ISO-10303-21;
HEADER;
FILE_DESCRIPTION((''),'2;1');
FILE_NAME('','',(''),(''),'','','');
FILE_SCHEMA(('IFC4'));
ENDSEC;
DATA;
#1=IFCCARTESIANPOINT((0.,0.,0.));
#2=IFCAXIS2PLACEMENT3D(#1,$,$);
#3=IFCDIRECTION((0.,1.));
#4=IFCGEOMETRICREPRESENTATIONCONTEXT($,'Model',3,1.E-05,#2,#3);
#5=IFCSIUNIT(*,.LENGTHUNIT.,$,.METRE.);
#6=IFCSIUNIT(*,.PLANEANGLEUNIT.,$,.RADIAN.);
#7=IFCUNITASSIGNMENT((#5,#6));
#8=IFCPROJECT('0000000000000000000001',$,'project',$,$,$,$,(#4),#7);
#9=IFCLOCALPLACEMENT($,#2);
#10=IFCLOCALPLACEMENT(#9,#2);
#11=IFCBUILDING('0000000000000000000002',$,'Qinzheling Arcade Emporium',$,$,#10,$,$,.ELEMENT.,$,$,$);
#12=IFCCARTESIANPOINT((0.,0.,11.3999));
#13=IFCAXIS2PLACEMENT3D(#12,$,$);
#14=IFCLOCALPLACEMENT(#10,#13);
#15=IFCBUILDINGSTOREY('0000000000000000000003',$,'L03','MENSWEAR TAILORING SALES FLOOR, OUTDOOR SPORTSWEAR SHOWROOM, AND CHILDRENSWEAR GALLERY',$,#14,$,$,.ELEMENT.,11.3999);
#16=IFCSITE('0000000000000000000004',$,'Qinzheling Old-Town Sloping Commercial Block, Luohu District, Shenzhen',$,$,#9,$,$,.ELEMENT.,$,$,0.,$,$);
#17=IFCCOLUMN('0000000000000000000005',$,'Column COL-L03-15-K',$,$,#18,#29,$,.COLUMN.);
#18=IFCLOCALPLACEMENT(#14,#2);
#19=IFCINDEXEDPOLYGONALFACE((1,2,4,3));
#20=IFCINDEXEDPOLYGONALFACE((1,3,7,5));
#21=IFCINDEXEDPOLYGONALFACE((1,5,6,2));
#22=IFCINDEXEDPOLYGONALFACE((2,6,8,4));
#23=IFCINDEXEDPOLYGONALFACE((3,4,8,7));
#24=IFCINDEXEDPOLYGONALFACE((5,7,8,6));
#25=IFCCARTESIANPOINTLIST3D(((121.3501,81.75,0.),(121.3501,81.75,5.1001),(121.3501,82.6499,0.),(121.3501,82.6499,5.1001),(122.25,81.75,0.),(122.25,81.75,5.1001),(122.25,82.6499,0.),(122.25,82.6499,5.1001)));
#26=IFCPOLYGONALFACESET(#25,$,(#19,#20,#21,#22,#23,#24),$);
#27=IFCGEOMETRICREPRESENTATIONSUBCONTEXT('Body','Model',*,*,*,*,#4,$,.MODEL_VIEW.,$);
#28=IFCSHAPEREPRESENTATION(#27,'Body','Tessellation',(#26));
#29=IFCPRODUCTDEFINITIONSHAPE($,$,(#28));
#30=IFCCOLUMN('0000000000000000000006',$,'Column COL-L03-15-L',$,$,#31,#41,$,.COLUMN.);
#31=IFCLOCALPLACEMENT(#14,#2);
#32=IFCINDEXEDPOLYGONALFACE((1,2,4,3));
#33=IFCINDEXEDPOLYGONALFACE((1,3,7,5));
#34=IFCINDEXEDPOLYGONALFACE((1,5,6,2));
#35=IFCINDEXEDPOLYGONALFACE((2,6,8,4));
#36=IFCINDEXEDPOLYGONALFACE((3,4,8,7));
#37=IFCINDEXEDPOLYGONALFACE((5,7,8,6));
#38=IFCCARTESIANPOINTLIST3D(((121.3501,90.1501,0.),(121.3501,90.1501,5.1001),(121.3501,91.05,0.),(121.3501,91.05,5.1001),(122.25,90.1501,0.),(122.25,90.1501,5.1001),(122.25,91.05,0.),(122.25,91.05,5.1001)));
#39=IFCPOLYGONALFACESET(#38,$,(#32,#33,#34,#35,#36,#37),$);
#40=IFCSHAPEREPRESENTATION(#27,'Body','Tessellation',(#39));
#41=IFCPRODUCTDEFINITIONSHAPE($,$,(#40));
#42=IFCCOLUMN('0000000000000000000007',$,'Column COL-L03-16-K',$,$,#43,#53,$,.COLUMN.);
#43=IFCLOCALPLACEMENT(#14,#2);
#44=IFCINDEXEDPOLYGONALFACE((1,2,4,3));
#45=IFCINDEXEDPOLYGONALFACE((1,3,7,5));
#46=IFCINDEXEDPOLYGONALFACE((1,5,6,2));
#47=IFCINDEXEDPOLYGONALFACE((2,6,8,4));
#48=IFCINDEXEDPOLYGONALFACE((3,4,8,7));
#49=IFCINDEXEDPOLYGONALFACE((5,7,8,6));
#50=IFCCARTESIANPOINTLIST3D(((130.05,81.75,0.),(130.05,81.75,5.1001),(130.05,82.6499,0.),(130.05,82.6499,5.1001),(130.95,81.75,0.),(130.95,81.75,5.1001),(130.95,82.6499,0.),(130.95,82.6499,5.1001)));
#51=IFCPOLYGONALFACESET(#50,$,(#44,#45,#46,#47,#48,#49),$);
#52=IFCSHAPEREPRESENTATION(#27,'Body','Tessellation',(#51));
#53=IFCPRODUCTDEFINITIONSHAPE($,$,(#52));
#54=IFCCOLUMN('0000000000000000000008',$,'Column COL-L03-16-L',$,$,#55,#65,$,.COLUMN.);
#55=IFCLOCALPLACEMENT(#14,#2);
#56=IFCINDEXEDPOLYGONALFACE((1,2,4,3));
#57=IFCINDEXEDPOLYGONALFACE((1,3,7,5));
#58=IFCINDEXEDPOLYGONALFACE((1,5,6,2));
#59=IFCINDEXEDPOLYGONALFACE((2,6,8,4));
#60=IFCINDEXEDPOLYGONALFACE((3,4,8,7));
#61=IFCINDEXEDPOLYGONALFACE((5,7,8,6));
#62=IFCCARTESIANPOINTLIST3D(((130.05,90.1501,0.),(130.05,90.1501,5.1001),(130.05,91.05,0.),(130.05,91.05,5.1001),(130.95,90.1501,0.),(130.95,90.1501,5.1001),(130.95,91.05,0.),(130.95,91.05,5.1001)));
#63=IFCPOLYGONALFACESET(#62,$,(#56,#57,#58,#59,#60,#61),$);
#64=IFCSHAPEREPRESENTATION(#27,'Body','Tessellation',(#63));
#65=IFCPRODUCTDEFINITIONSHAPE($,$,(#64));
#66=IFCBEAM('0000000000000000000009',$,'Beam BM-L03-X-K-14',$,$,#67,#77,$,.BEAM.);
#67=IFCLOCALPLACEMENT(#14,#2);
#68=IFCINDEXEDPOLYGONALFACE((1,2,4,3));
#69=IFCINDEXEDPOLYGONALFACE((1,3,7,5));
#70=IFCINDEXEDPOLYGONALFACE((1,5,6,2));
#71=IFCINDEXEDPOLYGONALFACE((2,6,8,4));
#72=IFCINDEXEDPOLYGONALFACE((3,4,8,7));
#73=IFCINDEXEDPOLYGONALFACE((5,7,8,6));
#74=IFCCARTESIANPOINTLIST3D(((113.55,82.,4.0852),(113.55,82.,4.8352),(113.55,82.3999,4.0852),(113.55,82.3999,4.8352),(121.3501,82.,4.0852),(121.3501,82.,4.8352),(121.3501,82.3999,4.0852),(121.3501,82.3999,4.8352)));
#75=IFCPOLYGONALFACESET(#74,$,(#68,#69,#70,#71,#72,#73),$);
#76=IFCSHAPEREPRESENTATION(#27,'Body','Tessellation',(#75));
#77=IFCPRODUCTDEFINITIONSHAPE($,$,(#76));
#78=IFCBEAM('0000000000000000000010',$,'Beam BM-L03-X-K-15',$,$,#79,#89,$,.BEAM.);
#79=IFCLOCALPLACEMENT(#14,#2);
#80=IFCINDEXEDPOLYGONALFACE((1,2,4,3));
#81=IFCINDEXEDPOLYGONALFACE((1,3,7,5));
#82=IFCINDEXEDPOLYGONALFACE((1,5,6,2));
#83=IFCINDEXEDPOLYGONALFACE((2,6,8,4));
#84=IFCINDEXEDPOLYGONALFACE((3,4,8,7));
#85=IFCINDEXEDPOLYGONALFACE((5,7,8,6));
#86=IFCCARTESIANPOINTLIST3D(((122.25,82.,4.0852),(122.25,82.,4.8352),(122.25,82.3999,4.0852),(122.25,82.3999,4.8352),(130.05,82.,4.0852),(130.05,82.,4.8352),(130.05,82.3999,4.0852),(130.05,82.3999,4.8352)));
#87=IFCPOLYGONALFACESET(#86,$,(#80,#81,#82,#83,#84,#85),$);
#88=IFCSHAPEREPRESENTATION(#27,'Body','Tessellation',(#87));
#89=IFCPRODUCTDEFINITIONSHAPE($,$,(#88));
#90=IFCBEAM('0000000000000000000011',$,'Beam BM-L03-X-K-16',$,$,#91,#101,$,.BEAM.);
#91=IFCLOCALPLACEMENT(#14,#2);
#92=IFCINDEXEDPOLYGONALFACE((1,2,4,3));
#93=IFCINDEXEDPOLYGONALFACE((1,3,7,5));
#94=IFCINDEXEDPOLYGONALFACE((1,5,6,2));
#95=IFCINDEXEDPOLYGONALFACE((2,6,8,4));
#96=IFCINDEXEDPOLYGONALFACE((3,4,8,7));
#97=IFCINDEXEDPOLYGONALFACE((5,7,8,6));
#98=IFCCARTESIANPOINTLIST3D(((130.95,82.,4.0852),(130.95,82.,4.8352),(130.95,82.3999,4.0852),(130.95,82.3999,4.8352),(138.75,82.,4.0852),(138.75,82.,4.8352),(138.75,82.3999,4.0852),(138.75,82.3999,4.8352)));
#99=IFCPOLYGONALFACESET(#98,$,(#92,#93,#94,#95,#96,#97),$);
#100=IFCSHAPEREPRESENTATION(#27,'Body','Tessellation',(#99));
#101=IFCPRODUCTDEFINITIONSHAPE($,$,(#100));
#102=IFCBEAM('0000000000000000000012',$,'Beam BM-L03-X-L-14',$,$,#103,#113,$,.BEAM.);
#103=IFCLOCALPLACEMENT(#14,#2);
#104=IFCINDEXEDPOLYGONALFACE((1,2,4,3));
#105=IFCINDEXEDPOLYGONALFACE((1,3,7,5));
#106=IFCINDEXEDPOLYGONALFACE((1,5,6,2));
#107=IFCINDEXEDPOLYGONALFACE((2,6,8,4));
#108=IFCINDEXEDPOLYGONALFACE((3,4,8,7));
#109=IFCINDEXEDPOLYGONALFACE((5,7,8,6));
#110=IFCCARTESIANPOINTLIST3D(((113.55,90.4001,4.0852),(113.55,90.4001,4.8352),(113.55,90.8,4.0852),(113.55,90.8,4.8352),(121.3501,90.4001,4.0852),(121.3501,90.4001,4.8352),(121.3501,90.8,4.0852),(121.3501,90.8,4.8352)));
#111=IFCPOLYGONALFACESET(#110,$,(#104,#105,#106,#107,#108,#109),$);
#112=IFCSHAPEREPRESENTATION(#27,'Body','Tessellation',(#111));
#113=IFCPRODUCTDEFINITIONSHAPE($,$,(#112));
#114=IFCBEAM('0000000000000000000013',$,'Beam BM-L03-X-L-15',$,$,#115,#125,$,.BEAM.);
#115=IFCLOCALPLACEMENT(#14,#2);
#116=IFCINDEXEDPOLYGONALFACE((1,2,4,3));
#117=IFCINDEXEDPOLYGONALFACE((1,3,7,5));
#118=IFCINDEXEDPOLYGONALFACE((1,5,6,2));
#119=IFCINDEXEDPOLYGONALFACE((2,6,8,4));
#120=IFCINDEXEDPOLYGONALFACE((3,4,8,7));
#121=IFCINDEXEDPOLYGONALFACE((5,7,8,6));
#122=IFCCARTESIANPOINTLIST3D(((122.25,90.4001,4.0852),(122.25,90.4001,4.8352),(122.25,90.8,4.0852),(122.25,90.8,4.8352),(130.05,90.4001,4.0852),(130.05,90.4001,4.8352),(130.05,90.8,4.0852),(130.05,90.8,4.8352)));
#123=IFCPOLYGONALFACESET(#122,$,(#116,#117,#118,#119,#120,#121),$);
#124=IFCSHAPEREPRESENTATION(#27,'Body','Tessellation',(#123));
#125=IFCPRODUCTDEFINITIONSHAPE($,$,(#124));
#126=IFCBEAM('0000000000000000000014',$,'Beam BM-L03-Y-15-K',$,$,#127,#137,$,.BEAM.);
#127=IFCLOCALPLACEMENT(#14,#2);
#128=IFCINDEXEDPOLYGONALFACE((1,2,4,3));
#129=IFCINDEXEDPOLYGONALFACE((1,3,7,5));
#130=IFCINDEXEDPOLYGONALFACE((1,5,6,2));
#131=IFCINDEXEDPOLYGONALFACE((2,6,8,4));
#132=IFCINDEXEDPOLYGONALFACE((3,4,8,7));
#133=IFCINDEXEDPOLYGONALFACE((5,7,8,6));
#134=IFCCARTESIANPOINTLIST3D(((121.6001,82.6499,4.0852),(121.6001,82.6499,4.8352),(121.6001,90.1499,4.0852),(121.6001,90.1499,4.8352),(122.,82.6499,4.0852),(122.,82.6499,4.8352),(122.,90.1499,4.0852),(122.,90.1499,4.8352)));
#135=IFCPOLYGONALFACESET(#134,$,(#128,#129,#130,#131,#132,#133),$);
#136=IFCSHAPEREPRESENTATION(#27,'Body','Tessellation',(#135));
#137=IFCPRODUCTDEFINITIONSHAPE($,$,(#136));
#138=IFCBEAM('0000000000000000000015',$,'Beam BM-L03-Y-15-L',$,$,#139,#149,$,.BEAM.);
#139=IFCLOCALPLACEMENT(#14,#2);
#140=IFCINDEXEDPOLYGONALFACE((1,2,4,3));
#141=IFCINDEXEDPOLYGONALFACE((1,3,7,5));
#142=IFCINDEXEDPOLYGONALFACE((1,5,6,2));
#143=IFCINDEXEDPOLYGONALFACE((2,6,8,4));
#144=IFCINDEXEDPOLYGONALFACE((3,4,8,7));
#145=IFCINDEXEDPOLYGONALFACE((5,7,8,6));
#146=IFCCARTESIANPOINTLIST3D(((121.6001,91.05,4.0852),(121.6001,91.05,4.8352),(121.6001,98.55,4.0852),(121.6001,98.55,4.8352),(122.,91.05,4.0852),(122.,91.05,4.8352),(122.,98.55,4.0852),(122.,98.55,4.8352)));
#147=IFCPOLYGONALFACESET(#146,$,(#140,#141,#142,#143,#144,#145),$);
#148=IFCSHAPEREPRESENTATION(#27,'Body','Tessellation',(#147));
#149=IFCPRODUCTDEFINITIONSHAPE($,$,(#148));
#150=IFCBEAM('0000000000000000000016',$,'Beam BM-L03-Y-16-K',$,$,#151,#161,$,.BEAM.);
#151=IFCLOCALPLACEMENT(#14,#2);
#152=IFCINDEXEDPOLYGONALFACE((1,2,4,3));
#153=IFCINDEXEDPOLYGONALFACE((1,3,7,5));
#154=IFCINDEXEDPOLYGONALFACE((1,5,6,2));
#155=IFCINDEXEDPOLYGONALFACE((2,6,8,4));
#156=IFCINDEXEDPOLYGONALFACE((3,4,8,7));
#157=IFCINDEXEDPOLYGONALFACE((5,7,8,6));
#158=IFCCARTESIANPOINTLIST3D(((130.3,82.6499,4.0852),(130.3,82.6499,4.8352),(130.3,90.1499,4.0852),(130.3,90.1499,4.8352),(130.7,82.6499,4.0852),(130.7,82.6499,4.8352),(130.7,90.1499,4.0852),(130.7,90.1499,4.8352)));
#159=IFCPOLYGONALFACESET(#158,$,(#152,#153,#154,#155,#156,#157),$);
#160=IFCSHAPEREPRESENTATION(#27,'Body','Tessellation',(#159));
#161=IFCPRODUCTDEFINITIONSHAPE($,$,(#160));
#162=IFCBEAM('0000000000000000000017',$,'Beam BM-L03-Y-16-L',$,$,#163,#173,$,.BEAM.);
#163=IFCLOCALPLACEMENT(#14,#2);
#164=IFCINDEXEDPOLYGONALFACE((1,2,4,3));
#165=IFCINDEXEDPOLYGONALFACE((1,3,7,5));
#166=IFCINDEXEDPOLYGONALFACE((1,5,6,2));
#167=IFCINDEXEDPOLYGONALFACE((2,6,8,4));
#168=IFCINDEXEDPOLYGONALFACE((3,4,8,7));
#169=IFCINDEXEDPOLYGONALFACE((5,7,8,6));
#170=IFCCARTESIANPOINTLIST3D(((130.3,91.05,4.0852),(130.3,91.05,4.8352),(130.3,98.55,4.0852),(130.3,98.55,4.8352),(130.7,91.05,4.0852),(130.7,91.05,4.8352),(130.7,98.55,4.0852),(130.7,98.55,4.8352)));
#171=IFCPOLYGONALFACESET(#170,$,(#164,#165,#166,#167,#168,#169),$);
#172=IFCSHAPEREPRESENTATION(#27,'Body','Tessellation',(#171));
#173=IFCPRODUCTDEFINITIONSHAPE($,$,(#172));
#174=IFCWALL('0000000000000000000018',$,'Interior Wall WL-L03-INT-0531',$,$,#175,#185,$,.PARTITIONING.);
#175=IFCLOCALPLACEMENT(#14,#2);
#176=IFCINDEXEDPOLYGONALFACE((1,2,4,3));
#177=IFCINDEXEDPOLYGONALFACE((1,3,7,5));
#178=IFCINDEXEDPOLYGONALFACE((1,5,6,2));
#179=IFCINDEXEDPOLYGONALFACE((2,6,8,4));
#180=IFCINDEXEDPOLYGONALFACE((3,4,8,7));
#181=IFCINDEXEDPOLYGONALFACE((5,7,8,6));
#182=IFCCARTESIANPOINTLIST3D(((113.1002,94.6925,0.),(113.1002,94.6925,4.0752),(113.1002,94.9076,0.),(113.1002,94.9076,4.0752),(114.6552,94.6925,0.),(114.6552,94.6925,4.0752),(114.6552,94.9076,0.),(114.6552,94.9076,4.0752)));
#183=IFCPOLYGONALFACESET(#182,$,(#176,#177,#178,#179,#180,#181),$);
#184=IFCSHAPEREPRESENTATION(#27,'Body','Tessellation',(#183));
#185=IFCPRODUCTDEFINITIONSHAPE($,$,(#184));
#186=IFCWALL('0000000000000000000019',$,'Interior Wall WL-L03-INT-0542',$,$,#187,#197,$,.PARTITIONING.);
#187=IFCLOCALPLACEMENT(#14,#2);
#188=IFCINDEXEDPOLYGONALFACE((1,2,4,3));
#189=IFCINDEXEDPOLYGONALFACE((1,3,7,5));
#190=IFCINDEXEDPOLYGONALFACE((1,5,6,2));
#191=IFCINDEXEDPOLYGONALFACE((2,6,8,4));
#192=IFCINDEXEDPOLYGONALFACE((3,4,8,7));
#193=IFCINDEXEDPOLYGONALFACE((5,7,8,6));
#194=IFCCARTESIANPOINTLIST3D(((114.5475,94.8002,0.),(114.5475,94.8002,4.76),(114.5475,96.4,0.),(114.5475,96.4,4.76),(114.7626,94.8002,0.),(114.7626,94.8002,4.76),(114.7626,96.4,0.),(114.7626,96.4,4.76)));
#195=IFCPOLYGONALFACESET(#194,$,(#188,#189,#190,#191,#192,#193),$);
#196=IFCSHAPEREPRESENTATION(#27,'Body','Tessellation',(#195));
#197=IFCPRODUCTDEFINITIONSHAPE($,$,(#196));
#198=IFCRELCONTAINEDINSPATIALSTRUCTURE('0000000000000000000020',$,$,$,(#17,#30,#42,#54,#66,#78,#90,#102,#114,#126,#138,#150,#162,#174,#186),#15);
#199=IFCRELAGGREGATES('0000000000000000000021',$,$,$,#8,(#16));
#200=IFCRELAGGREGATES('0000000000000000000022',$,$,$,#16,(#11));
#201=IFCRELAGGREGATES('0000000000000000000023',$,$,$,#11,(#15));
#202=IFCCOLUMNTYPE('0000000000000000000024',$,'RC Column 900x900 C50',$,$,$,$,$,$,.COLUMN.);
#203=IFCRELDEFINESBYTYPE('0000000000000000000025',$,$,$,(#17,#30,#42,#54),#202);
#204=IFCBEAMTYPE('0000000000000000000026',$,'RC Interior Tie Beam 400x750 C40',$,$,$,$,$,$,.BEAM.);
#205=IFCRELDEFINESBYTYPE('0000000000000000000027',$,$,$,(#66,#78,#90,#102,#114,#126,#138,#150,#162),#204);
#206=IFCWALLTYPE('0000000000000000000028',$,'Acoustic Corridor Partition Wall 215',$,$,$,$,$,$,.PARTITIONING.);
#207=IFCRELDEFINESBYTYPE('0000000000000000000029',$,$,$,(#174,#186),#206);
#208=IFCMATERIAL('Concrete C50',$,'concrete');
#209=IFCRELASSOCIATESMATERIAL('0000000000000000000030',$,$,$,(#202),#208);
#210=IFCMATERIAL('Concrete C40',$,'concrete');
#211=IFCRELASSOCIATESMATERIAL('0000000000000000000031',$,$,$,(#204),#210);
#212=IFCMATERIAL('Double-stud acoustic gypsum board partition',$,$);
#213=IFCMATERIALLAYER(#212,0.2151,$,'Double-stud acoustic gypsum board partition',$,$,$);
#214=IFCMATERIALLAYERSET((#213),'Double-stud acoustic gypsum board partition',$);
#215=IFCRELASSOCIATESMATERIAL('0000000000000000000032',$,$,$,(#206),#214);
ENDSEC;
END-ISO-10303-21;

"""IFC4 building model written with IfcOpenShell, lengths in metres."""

from ifc_helpers import new_model, si_unit, direction, frame, frame_2d, origin, origin_2d, place, context, subcontext, project, spatial, rectangle, extrude, material, layer, layer_set, material_profile, profile_set, type_object, element, save


model = new_model("IFC4")

# Units and contexts
model_context = context("Model", 3, precision=1e-05, world=origin(), true_north=direction((0.0, 1.0)))
body_context = subcontext(model_context, "Body", "Model", "MODEL_VIEW")
ifc_project = project(units=[si_unit("LENGTHUNIT", "METRE"), si_unit("PLANEANGLEUNIT", "RADIAN")], contexts=[model_context])

# Site, building, storey
site_placement = place(None, origin())
site = spatial("IfcSite", under=ifc_project, at=site_placement, Name="Qinzheling Old-Town Sloping Commercial Block, Luohu District, Shenzhen", CompositionType="ELEMENT", RefElevation=0.0)
building_placement = place(site_placement, origin())
building = spatial("IfcBuilding", under=site, at=building_placement, Name="Qinzheling Arcade Emporium", CompositionType="ELEMENT")
storey_placement = place(building_placement, frame((0.0, 0.0, 11.3999)))
storey = spatial("IfcBuildingStorey", under=building, at=storey_placement, Name="L03", Description="MENSWEAR TAILORING SALES FLOOR, OUTDOOR SPORTSWEAR SHOWROOM, AND CHILDRENSWEAR GALLERY", CompositionType="ELEMENT", Elevation=11.3999)

# Columns
ifc_material_1 = material(Name="Concrete C50", Category="concrete")
ifc_material_profile_1 = material_profile(ifc_material_1, rectangle(XDim=0.8999, YDim=0.8999, at=origin_2d()), Name="RC 900x900", Category="concrete")
ifc_profile_set_1 = profile_set([ifc_material_profile_1], Name="Concrete C50")
column_type = type_object("IfcColumnType", Name="RC Column 900x900 C50", PredefinedType="COLUMN", material=ifc_profile_set_1)
for number, where, z_axis, x_axis, name in (
    (1, (121.8, 82.2, 0.0), (0.0, 0.0, 1.0), (1.0, 0.0, 0.0), "Column COL-L03-15-K"),
    (2, (121.8, 90.6001, 0.0), (0.0, 0.0, 1.0), (1.0, 0.0, 0.0), "Column COL-L03-15-L"),
    (3, (130.5, 82.2, 0.0), (0.0, 0.0, 1.0), (1.0, 0.0, 0.0), "Column COL-L03-16-K"),
    (4, (130.5, 90.6001, 0.0), (0.0, 0.0, 1.0), (1.0, 0.0, 0.0), "Column COL-L03-16-L"),
):
    element("IfcColumn", number, at=place(storey_placement, frame(where, z_axis=z_axis, x_axis=x_axis)), inside=storey, type_object=column_type, Name=name, PredefinedType="COLUMN", context=body_context, shape_type="SweptSolid", body=[
        extrude(rectangle(XDim=0.8999, YDim=0.8999, at=origin_2d()), origin(), (0.0, 0.0, 1.0), 5.1001),
    ])

# Beams
ifc_material_2 = material(Name="Concrete C40", Category="concrete")
ifc_material_profile_2 = material_profile(ifc_material_2, rectangle(XDim=0.3999, YDim=0.75, at=origin_2d()), Name="RC 400x750", Category="concrete")
ifc_profile_set_2 = profile_set([ifc_material_profile_2], Name="Concrete C40")
beam_type = type_object("IfcBeamType", Name="RC Interior Tie Beam 400x750 C40", PredefinedType="BEAM", material=ifc_profile_set_2)
for number, where, z_axis, x_axis, name in (
    (5, (113.55, 82.2, 4.4602), (1.0, 0.0, 0.0), (0.0, 1.0, 0.0), "Beam BM-L03-X-K-14"),
    (6, (122.25, 82.2, 4.4602), (1.0, 0.0, 0.0), (0.0, 1.0, 0.0), "Beam BM-L03-X-K-15"),
    (7, (130.95, 82.2, 4.4602), (1.0, 0.0, 0.0), (0.0, 1.0, 0.0), "Beam BM-L03-X-K-16"),
    (8, (113.55, 90.6001, 4.4602), (1.0, 0.0, 0.0), (0.0, 1.0, 0.0), "Beam BM-L03-X-L-14"),
    (9, (122.25, 90.6001, 4.4602), (1.0, 0.0, 0.0), (0.0, 1.0, 0.0), "Beam BM-L03-X-L-15"),
):
    element("IfcBeam", number, at=place(storey_placement, frame(where, z_axis=z_axis, x_axis=x_axis)), inside=storey, type_object=beam_type, Name=name, PredefinedType="BEAM", context=body_context, shape_type="SweptSolid", body=[
        extrude(rectangle(XDim=0.3999, YDim=0.75, at=origin_2d()), origin(), (0.0, 0.0, 1.0), 7.8),
    ])
for number, where, z_axis, x_axis, name in (
    (10, (121.8, 82.6499, 4.4602), (0.0, 1.0, 0.0), (-1.0, 0.0, 0.0), "Beam BM-L03-Y-15-K"),
    (11, (121.8, 91.05, 4.4602), (0.0, 1.0, 0.0), (-1.0, 0.0, 0.0), "Beam BM-L03-Y-15-L"),
    (12, (130.5, 82.6499, 4.4602), (0.0, 1.0, 0.0), (-1.0, 0.0, 0.0), "Beam BM-L03-Y-16-K"),
    (13, (130.5, 91.05, 4.4602), (0.0, 1.0, 0.0), (-1.0, 0.0, 0.0), "Beam BM-L03-Y-16-L"),
):
    element("IfcBeam", number, at=place(storey_placement, frame(where, z_axis=z_axis, x_axis=x_axis)), inside=storey, type_object=beam_type, Name=name, PredefinedType="BEAM", context=body_context, shape_type="SweptSolid", body=[
        extrude(rectangle(XDim=0.3999, YDim=0.75, at=origin_2d()), origin(), (0.0, 0.0, 1.0), 7.5),
    ])

# Walls
ifc_material_3 = material(Name="Double-stud acoustic gypsum board partition")
ifc_layer_1 = layer(ifc_material_3, 0.2151, Name="Double-stud acoustic gypsum board partition")
ifc_layer_set_1 = layer_set([ifc_layer_1], Name="Double-stud acoustic gypsum board partition")
wall_type_1 = type_object("IfcWallType", Name="Acoustic Corridor Partition Wall 215", PredefinedType="PARTITIONING", material=ifc_layer_set_1)
wall_1_placement = place(storey_placement, frame((114.655, 94.8, 0.0), z_axis=(0.0, 0.0, 1.0), x_axis=(-1.0, 0.0, 0.0)))
element("IfcWall", 14, at=wall_1_placement, inside=storey, type_object=wall_type_1, Name="Interior Wall WL-L03-INT-0531", PredefinedType="PARTITIONING", context=body_context, shape_type="SweptSolid", body=[
    extrude(rectangle(XDim=1.5549, YDim=0.2151, at=frame_2d((0.7773, 0.0))), origin(), (0.0, 0.0, 1.0), 4.0752),
])
wall_2_placement = place(storey_placement, frame((114.655, 96.3999, 0.0), z_axis=(0.0, 0.0, 1.0), x_axis=(0.0, -1.0, 0.0)))
element("IfcWall", 15, at=wall_2_placement, inside=storey, type_object=wall_type_1, Name="Interior Wall WL-L03-INT-0542", PredefinedType="PARTITIONING", context=body_context, shape_type="SweptSolid", body=[
    extrude(rectangle(XDim=1.5999, YDim=0.2151, at=frame_2d((0.7998, 0.0))), origin(), (0.0, 0.0, 1.0), 4.76),
])

save(model, "model.ifc")
